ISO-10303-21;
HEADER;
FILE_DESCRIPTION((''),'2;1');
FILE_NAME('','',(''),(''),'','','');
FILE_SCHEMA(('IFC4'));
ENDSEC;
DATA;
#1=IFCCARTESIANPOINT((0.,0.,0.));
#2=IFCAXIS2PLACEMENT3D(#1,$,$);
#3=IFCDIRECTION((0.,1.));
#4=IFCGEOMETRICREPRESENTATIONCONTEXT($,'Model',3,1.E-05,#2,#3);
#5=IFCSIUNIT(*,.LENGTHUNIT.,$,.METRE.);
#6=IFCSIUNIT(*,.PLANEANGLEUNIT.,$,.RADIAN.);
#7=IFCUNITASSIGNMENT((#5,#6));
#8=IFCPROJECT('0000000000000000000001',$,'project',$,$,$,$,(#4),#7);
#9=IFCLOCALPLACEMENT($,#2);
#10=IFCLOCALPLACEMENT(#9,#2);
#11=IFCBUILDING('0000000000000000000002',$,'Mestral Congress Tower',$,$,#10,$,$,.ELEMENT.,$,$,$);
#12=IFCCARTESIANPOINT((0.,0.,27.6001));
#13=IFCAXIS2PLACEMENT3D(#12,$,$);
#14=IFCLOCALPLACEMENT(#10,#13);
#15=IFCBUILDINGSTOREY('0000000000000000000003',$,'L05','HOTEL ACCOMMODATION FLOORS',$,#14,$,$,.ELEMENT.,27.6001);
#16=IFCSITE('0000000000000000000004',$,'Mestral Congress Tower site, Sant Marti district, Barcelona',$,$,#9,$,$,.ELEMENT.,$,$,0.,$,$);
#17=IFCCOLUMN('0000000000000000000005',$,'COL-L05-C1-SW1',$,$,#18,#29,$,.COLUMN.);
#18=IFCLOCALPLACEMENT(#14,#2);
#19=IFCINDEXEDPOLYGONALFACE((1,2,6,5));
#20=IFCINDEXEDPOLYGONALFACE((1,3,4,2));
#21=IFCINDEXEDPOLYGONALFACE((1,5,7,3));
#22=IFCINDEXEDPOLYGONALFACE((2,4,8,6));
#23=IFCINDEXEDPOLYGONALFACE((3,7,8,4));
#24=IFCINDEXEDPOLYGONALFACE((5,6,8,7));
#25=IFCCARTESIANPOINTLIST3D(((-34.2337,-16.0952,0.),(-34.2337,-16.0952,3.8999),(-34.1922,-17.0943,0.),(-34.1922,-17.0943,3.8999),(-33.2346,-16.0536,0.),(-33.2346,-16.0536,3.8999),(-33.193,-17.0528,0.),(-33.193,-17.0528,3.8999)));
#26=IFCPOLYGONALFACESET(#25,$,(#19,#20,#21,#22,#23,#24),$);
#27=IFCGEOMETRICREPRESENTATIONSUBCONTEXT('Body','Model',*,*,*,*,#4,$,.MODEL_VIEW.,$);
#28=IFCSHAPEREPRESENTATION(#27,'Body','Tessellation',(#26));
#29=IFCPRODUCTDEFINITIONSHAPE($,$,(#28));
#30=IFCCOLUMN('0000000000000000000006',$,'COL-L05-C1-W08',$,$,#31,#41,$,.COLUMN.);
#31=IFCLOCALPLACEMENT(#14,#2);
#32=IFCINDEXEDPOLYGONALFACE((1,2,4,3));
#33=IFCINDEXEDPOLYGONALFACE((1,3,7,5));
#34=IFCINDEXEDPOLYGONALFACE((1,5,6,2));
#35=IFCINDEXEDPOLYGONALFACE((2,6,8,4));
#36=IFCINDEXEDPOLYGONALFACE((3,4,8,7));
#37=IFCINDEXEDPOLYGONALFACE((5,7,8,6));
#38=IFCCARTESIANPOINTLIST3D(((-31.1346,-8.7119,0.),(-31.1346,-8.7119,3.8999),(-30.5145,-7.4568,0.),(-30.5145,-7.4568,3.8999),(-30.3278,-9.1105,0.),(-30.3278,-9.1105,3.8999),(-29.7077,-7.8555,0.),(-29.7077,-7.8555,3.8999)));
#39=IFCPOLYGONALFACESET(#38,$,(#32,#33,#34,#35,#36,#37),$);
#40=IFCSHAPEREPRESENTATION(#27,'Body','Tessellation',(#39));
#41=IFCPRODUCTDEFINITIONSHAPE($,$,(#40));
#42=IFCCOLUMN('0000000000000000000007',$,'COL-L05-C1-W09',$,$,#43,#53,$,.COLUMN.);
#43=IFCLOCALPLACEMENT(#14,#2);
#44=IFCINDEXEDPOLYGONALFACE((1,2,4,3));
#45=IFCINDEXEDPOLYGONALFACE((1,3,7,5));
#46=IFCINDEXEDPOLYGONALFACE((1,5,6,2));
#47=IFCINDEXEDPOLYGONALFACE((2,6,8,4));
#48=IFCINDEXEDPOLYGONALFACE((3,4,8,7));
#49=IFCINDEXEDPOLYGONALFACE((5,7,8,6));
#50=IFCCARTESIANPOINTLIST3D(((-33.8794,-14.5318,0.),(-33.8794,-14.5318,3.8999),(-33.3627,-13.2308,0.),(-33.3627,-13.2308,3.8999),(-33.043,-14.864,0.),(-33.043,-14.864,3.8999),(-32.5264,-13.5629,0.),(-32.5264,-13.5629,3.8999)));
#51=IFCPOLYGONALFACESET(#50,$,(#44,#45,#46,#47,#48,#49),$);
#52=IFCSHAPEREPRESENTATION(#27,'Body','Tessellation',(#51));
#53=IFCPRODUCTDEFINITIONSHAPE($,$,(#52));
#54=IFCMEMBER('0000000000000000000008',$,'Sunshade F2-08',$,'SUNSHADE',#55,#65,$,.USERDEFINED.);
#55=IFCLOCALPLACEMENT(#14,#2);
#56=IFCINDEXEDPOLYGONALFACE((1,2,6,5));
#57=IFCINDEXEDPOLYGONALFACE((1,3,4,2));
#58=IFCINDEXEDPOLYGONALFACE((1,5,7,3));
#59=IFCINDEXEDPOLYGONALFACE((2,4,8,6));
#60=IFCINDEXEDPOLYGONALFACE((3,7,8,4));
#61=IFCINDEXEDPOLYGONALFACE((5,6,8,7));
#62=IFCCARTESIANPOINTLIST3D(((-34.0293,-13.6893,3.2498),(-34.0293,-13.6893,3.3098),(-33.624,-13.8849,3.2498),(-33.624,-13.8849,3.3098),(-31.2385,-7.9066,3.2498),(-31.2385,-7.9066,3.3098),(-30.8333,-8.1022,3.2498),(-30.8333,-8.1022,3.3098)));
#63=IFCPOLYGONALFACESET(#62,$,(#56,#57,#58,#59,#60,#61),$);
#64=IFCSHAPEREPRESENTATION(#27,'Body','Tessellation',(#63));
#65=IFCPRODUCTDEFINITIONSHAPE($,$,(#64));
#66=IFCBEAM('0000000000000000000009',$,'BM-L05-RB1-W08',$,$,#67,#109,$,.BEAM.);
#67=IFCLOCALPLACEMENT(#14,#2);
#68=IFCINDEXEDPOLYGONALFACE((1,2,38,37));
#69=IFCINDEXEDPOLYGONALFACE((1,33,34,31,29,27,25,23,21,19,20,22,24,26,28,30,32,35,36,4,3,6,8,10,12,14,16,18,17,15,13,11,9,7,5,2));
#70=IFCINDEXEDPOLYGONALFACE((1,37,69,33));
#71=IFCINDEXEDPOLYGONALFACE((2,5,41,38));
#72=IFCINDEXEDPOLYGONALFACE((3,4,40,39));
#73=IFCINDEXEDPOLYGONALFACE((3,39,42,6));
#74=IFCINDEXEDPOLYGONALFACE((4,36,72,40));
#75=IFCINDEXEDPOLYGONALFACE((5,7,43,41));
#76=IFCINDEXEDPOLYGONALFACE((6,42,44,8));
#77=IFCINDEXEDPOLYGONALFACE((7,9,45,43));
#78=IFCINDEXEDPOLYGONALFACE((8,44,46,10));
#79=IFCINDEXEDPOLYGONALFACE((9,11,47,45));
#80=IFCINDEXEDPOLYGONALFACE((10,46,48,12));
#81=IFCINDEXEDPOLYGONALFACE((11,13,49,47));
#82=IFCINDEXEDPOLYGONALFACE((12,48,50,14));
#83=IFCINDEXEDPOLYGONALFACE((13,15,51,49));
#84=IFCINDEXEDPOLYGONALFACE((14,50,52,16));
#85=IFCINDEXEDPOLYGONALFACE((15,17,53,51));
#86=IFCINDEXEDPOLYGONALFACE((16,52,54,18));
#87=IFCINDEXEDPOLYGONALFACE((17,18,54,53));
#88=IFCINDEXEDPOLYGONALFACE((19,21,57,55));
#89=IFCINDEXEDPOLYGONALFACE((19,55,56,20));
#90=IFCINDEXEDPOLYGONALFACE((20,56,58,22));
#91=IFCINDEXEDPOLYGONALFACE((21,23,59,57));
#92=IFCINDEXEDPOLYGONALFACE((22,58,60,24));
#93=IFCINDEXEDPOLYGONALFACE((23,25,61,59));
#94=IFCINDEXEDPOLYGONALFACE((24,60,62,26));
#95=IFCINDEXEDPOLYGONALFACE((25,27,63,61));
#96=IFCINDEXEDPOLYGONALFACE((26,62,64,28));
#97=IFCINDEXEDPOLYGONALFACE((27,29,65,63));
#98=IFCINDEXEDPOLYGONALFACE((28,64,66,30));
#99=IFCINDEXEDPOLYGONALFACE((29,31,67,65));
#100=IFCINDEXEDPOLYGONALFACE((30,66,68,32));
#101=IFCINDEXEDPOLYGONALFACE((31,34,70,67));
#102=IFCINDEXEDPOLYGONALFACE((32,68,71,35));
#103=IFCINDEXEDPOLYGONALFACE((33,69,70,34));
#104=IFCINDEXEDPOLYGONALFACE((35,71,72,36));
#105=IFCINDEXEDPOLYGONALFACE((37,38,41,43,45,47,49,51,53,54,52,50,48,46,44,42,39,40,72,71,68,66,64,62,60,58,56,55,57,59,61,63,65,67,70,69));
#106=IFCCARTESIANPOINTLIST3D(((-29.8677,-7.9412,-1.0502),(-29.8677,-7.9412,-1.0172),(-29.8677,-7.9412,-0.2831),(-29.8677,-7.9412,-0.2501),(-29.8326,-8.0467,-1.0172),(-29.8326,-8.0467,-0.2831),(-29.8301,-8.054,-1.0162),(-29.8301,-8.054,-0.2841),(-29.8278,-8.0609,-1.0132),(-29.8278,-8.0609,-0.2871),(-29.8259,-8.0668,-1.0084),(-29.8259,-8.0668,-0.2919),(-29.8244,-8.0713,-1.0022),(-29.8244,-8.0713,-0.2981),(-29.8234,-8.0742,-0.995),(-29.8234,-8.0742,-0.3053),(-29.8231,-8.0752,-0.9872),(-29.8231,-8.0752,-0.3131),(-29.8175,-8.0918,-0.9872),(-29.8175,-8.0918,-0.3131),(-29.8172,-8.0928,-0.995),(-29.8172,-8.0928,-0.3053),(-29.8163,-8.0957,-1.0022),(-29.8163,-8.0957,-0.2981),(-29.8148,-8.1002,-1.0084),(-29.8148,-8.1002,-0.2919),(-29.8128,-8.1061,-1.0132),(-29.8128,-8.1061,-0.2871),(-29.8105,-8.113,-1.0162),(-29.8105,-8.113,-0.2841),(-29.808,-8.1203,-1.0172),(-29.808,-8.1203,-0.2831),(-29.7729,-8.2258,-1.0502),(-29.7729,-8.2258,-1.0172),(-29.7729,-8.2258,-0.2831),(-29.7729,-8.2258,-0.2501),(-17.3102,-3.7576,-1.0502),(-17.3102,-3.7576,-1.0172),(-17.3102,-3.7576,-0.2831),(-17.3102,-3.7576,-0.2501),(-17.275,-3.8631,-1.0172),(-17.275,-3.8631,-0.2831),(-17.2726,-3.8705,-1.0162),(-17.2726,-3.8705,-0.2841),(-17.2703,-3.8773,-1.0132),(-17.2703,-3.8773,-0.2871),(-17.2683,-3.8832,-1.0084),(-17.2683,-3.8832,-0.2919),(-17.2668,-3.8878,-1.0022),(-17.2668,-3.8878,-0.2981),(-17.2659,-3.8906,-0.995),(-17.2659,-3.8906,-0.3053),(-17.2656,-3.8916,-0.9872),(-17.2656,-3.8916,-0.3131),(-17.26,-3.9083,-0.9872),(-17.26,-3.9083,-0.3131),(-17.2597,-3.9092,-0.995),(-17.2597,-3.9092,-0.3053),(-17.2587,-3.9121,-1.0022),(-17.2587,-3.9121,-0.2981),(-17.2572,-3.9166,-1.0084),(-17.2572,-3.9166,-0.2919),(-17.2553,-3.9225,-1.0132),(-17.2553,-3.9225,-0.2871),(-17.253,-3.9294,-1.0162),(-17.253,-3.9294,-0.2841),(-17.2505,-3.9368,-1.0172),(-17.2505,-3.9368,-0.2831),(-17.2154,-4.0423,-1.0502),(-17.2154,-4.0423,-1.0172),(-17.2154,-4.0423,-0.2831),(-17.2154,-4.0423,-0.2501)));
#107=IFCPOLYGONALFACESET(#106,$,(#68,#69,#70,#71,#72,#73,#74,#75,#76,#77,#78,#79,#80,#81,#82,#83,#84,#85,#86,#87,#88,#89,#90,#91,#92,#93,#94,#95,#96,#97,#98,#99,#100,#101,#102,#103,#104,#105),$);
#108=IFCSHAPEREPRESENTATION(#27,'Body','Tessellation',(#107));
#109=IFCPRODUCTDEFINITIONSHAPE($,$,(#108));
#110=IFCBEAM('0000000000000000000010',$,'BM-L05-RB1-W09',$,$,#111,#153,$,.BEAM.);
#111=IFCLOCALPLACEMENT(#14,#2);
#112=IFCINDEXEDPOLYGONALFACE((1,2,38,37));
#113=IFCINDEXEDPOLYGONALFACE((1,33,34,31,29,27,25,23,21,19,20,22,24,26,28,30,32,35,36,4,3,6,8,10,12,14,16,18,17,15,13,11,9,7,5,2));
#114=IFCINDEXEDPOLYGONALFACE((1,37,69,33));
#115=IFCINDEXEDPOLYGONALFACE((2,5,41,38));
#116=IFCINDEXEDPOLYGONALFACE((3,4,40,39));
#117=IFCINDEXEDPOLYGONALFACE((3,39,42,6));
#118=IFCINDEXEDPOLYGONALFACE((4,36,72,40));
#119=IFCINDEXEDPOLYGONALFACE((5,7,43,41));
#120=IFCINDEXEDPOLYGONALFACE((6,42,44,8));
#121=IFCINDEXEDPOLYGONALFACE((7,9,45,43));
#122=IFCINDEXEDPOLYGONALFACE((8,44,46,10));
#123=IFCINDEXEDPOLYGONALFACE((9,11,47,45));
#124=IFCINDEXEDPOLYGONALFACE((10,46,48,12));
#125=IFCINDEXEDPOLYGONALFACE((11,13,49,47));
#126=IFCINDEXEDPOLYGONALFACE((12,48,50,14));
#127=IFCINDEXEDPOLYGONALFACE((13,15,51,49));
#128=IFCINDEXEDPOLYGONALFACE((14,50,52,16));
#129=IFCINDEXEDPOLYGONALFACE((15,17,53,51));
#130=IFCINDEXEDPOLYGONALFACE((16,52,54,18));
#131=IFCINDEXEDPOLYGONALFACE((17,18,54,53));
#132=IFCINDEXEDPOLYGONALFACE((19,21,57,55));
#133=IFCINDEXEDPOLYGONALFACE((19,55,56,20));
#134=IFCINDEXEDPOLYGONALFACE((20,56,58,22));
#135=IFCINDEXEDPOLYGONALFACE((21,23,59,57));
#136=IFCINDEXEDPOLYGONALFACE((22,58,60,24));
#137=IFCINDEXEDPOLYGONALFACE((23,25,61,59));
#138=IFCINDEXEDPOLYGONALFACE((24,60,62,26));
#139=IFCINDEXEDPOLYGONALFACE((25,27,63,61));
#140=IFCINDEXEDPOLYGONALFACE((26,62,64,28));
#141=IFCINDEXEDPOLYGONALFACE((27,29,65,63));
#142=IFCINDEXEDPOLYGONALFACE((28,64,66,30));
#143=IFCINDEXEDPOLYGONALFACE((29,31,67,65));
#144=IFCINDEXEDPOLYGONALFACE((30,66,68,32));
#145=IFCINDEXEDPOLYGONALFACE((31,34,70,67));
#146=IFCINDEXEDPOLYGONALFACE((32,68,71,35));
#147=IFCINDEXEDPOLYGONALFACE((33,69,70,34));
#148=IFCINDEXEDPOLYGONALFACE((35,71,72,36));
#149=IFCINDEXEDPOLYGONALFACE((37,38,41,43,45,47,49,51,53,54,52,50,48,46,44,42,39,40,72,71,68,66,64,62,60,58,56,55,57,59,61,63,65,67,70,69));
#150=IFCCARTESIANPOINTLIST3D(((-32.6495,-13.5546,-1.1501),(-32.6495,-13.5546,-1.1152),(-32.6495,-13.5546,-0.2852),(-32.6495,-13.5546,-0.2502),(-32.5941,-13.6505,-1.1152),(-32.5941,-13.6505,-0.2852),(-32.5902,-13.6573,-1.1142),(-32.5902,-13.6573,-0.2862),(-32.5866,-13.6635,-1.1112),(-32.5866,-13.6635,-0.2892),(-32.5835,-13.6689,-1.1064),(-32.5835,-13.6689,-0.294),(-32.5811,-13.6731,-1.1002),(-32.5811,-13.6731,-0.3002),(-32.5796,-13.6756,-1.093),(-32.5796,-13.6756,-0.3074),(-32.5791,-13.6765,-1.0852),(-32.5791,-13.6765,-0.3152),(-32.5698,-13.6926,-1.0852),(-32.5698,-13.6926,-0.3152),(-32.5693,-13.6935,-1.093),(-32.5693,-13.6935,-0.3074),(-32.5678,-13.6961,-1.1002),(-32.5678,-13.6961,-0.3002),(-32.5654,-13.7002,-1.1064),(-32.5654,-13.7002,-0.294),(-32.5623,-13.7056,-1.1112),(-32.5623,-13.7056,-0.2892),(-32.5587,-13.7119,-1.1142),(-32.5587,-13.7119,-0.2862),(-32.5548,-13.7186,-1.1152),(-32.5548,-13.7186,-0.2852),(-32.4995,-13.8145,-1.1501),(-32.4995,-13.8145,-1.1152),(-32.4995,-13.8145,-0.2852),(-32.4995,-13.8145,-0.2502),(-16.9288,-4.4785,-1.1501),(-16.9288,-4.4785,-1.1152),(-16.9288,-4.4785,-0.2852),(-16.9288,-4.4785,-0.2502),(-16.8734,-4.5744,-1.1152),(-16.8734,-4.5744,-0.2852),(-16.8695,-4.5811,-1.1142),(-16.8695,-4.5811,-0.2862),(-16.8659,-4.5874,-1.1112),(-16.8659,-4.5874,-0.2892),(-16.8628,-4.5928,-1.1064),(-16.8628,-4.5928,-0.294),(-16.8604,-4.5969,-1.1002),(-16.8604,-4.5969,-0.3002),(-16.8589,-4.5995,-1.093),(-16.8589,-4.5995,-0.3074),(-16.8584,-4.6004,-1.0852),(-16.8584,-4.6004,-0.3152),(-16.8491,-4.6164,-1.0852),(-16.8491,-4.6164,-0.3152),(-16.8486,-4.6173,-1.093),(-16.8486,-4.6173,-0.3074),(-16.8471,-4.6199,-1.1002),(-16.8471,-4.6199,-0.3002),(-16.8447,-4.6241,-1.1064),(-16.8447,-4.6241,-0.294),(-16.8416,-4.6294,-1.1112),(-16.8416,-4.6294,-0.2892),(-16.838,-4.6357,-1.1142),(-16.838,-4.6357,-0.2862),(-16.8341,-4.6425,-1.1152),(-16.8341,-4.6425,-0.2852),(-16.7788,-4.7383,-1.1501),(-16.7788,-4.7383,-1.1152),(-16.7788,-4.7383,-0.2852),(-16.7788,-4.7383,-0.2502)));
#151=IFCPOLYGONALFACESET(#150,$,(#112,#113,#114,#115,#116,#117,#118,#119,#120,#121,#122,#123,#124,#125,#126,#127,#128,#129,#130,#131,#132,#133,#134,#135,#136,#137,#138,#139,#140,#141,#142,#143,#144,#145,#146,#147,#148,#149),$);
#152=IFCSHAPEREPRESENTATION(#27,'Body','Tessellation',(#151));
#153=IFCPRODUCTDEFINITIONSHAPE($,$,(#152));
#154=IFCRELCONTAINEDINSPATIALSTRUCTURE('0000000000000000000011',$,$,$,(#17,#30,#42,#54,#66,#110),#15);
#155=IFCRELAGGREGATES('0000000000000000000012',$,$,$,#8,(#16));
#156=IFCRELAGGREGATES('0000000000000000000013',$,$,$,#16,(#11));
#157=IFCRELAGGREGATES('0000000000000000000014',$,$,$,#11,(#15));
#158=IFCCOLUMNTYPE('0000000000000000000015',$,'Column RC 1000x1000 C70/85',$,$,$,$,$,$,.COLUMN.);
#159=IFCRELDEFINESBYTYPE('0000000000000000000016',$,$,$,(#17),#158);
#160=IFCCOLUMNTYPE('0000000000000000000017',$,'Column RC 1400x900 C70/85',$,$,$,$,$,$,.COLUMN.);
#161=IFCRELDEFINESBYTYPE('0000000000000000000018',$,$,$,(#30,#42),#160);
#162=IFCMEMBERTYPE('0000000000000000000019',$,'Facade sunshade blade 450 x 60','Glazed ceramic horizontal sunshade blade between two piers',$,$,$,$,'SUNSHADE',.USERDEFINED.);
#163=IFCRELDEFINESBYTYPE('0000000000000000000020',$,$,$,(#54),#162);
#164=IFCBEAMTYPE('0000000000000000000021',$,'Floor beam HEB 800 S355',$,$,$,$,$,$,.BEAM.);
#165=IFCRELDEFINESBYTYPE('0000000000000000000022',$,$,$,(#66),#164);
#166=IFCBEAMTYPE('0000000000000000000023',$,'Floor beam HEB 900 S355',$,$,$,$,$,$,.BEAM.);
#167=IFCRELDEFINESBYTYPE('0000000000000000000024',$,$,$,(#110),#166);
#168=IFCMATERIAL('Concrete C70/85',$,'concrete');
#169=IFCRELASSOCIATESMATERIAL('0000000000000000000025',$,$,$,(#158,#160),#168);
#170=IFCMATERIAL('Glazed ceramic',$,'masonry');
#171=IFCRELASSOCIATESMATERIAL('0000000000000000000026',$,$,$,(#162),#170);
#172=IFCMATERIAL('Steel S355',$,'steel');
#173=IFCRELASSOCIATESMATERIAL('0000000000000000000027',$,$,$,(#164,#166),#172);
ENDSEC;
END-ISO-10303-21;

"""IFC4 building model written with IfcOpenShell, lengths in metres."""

from ifc_helpers import new_model, si_unit, direction, frame, origin, origin_2d, place, context, subcontext, project, spatial, rectangle, i_section, extrude, material, material_profile, profile_set, type_object, element, save


model = new_model("IFC4")

# Units and contexts
model_context = context("Model", 3, precision=1e-05, world=origin(), true_north=direction((0.0, 1.0)))
body_context = subcontext(model_context, "Body", "Model", "MODEL_VIEW")
ifc_project = project(units=[si_unit("LENGTHUNIT", "METRE"), si_unit("PLANEANGLEUNIT", "RADIAN")], contexts=[model_context])

# Site, building, storey
site_placement = place(None, origin())
site = spatial("IfcSite", under=ifc_project, at=site_placement, Name="Mestral Congress Tower site, Sant Marti district, Barcelona", CompositionType="ELEMENT", RefElevation=0.0)
building_placement = place(site_placement, origin())
building = spatial("IfcBuilding", under=site, at=building_placement, Name="Mestral Congress Tower", CompositionType="ELEMENT")
storey_placement = place(building_placement, frame((0.0, 0.0, 27.6001)))
storey = spatial("IfcBuildingStorey", under=building, at=storey_placement, Name="L05", Description="HOTEL ACCOMMODATION FLOORS", CompositionType="ELEMENT", Elevation=27.6001)

# Columns
ifc_material_1 = material(Name="Concrete C70/85", Category="concrete")
ifc_material_profile_1 = material_profile(ifc_material_1, rectangle(XDim=1.0, YDim=1.0, at=origin_2d()), Name="RC 1000x1000")
ifc_profile_set_1 = profile_set([ifc_material_profile_1], Name="Concrete C70/85")
column_type_1 = type_object("IfcColumnType", Name="Column RC 1000x1000 C70/85", PredefinedType="COLUMN", material=ifc_profile_set_1)
column_placement = place(storey_placement, frame((-33.7134, -16.574, 0.0), z_axis=(0.0, 0.0, 1.0), x_axis=(0.041583, -0.999135, 0.0)))
element("IfcColumn", 1, at=column_placement, inside=storey, type_object=column_type_1, Name="COL-L05-C1-SW1", PredefinedType="COLUMN", context=body_context, shape_type="SweptSolid", body=[
    extrude(rectangle(XDim=1.0, YDim=1.0, at=origin_2d()), origin(), (0.0, 0.0, 1.0), 3.8999),
])
ifc_material_profile_2 = material_profile(ifc_material_1, rectangle(XDim=1.3999, YDim=0.8999, at=origin_2d()), Name="RC 1400x900")
ifc_profile_set_2 = profile_set([ifc_material_profile_2], Name="Concrete C70/85")
column_type_2 = type_object("IfcColumnType", Name="Column RC 1400x900 C70/85", PredefinedType="COLUMN", material=ifc_profile_set_2)
for number, where, z_axis, x_axis, name in (
    (2, (-30.4211, -8.2837, 0.0), (0.0, 0.0, 1.0), (-0.442959, -0.896542, 0.0), "COL-L05-C1-W08"),
    (3, (-33.2029, -14.0474, 0.0), (0.0, 0.0, 1.0), (-0.36909, -0.929394, 0.0), "COL-L05-C1-W09"),
):
    element("IfcColumn", number, at=place(storey_placement, frame(where, z_axis=z_axis, x_axis=x_axis)), inside=storey, type_object=column_type_2, Name=name, PredefinedType="COLUMN", context=body_context, shape_type="SweptSolid", body=[
        extrude(rectangle(XDim=1.3999, YDim=0.8999, at=origin_2d()), origin(), (0.0, 0.0, 1.0), 3.8999),
    ])

# Member
ifc_material_2 = material(Name="Glazed ceramic", Category="masonry")
ifc_material_profile_3 = material_profile(ifc_material_2, rectangle(XDim=0.45, YDim=0.0601, at=origin_2d()), Name="Ceramic blade 450 x 60")
ifc_profile_set_3 = profile_set([ifc_material_profile_3], Name="Glazed ceramic")
member_type = type_object("IfcMemberType", Name="Facade sunshade blade 450 x 60", Description="Glazed ceramic horizontal sunshade blade between two piers", ElementType="SUNSHADE", PredefinedType="USERDEFINED", material=ifc_profile_set_3)
member_placement = place(storey_placement, frame((-31.0359, -8.0044, 3.2798), z_axis=(-0.434637, -0.900606, 0.0), x_axis=(0.900606, -0.434637, 0.0)))
element("IfcMember", 4, at=member_placement, inside=storey, type_object=member_type, Name="Sunshade F2-08", ObjectType="SUNSHADE", PredefinedType="USERDEFINED", context=body_context, shape_type="SweptSolid", body=[
    extrude(rectangle(XDim=0.45, YDim=0.0601, at=origin_2d()), origin(), (0.0, 0.0, 1.0), 6.4209),
])

# Beams
ifc_material_3 = material(Name="Steel S355", Category="steel")
ifc_material_profile_4 = material_profile(ifc_material_3, i_section(OverallWidth=0.3, OverallDepth=0.8, WebThickness=0.0176, FlangeThickness=0.033, FilletRadius=0.03, at=origin_2d()), Name="HEB 800")
ifc_profile_set_4 = profile_set([ifc_material_profile_4], Name="Steel S355")
beam_type_1 = type_object("IfcBeamType", Name="Floor beam HEB 800 S355", PredefinedType="BEAM", material=ifc_profile_set_4)
beam_1_placement = place(storey_placement, frame((-29.8203, -8.0835, -0.6501), z_axis=(0.948735, 0.316073, 0.0), x_axis=(-0.316073, 0.948735, 0.0)))
element("IfcBeam", 5, at=beam_1_placement, inside=storey, type_object=beam_type_1, Name="BM-L05-RB1-W08", PredefinedType="BEAM", context=body_context, shape_type="SweptSolid", body=[
    extrude(i_section(OverallWidth=0.3, OverallDepth=0.8, WebThickness=0.0176, FlangeThickness=0.033, FilletRadius=0.03, at=origin_2d()), origin(), (0.0, 0.0, 1.0), 13.2361),
])
ifc_material_profile_5 = material_profile(ifc_material_3, i_section(OverallWidth=0.3, OverallDepth=0.8999, WebThickness=0.0186, FlangeThickness=0.0349, FilletRadius=0.03, at=origin_2d()), Name="HEB 900")
ifc_profile_set_5 = profile_set([ifc_material_profile_5], Name="Steel S355")
beam_type_2 = type_object("IfcBeamType", Name="Floor beam HEB 900 S355", PredefinedType="BEAM", material=ifc_profile_set_5)
beam_2_placement = place(storey_placement, frame((-32.5745, -13.6846, -0.7002), z_axis=(0.86603, 0.499993, 0.0), x_axis=(-0.499993, 0.86603, 0.0)))
element("IfcBeam", 6, at=beam_2_placement, inside=storey, type_object=beam_type_2, Name="BM-L05-RB1-W09", PredefinedType="BEAM", context=body_context, shape_type="SweptSolid", body=[
    extrude(i_section(OverallWidth=0.3, OverallDepth=0.8999, WebThickness=0.0186, FlangeThickness=0.0349, FilletRadius=0.03, at=origin_2d()), origin(), (0.0, 0.0, 1.0), 18.1526),
])

save(model, "model.ifc")
